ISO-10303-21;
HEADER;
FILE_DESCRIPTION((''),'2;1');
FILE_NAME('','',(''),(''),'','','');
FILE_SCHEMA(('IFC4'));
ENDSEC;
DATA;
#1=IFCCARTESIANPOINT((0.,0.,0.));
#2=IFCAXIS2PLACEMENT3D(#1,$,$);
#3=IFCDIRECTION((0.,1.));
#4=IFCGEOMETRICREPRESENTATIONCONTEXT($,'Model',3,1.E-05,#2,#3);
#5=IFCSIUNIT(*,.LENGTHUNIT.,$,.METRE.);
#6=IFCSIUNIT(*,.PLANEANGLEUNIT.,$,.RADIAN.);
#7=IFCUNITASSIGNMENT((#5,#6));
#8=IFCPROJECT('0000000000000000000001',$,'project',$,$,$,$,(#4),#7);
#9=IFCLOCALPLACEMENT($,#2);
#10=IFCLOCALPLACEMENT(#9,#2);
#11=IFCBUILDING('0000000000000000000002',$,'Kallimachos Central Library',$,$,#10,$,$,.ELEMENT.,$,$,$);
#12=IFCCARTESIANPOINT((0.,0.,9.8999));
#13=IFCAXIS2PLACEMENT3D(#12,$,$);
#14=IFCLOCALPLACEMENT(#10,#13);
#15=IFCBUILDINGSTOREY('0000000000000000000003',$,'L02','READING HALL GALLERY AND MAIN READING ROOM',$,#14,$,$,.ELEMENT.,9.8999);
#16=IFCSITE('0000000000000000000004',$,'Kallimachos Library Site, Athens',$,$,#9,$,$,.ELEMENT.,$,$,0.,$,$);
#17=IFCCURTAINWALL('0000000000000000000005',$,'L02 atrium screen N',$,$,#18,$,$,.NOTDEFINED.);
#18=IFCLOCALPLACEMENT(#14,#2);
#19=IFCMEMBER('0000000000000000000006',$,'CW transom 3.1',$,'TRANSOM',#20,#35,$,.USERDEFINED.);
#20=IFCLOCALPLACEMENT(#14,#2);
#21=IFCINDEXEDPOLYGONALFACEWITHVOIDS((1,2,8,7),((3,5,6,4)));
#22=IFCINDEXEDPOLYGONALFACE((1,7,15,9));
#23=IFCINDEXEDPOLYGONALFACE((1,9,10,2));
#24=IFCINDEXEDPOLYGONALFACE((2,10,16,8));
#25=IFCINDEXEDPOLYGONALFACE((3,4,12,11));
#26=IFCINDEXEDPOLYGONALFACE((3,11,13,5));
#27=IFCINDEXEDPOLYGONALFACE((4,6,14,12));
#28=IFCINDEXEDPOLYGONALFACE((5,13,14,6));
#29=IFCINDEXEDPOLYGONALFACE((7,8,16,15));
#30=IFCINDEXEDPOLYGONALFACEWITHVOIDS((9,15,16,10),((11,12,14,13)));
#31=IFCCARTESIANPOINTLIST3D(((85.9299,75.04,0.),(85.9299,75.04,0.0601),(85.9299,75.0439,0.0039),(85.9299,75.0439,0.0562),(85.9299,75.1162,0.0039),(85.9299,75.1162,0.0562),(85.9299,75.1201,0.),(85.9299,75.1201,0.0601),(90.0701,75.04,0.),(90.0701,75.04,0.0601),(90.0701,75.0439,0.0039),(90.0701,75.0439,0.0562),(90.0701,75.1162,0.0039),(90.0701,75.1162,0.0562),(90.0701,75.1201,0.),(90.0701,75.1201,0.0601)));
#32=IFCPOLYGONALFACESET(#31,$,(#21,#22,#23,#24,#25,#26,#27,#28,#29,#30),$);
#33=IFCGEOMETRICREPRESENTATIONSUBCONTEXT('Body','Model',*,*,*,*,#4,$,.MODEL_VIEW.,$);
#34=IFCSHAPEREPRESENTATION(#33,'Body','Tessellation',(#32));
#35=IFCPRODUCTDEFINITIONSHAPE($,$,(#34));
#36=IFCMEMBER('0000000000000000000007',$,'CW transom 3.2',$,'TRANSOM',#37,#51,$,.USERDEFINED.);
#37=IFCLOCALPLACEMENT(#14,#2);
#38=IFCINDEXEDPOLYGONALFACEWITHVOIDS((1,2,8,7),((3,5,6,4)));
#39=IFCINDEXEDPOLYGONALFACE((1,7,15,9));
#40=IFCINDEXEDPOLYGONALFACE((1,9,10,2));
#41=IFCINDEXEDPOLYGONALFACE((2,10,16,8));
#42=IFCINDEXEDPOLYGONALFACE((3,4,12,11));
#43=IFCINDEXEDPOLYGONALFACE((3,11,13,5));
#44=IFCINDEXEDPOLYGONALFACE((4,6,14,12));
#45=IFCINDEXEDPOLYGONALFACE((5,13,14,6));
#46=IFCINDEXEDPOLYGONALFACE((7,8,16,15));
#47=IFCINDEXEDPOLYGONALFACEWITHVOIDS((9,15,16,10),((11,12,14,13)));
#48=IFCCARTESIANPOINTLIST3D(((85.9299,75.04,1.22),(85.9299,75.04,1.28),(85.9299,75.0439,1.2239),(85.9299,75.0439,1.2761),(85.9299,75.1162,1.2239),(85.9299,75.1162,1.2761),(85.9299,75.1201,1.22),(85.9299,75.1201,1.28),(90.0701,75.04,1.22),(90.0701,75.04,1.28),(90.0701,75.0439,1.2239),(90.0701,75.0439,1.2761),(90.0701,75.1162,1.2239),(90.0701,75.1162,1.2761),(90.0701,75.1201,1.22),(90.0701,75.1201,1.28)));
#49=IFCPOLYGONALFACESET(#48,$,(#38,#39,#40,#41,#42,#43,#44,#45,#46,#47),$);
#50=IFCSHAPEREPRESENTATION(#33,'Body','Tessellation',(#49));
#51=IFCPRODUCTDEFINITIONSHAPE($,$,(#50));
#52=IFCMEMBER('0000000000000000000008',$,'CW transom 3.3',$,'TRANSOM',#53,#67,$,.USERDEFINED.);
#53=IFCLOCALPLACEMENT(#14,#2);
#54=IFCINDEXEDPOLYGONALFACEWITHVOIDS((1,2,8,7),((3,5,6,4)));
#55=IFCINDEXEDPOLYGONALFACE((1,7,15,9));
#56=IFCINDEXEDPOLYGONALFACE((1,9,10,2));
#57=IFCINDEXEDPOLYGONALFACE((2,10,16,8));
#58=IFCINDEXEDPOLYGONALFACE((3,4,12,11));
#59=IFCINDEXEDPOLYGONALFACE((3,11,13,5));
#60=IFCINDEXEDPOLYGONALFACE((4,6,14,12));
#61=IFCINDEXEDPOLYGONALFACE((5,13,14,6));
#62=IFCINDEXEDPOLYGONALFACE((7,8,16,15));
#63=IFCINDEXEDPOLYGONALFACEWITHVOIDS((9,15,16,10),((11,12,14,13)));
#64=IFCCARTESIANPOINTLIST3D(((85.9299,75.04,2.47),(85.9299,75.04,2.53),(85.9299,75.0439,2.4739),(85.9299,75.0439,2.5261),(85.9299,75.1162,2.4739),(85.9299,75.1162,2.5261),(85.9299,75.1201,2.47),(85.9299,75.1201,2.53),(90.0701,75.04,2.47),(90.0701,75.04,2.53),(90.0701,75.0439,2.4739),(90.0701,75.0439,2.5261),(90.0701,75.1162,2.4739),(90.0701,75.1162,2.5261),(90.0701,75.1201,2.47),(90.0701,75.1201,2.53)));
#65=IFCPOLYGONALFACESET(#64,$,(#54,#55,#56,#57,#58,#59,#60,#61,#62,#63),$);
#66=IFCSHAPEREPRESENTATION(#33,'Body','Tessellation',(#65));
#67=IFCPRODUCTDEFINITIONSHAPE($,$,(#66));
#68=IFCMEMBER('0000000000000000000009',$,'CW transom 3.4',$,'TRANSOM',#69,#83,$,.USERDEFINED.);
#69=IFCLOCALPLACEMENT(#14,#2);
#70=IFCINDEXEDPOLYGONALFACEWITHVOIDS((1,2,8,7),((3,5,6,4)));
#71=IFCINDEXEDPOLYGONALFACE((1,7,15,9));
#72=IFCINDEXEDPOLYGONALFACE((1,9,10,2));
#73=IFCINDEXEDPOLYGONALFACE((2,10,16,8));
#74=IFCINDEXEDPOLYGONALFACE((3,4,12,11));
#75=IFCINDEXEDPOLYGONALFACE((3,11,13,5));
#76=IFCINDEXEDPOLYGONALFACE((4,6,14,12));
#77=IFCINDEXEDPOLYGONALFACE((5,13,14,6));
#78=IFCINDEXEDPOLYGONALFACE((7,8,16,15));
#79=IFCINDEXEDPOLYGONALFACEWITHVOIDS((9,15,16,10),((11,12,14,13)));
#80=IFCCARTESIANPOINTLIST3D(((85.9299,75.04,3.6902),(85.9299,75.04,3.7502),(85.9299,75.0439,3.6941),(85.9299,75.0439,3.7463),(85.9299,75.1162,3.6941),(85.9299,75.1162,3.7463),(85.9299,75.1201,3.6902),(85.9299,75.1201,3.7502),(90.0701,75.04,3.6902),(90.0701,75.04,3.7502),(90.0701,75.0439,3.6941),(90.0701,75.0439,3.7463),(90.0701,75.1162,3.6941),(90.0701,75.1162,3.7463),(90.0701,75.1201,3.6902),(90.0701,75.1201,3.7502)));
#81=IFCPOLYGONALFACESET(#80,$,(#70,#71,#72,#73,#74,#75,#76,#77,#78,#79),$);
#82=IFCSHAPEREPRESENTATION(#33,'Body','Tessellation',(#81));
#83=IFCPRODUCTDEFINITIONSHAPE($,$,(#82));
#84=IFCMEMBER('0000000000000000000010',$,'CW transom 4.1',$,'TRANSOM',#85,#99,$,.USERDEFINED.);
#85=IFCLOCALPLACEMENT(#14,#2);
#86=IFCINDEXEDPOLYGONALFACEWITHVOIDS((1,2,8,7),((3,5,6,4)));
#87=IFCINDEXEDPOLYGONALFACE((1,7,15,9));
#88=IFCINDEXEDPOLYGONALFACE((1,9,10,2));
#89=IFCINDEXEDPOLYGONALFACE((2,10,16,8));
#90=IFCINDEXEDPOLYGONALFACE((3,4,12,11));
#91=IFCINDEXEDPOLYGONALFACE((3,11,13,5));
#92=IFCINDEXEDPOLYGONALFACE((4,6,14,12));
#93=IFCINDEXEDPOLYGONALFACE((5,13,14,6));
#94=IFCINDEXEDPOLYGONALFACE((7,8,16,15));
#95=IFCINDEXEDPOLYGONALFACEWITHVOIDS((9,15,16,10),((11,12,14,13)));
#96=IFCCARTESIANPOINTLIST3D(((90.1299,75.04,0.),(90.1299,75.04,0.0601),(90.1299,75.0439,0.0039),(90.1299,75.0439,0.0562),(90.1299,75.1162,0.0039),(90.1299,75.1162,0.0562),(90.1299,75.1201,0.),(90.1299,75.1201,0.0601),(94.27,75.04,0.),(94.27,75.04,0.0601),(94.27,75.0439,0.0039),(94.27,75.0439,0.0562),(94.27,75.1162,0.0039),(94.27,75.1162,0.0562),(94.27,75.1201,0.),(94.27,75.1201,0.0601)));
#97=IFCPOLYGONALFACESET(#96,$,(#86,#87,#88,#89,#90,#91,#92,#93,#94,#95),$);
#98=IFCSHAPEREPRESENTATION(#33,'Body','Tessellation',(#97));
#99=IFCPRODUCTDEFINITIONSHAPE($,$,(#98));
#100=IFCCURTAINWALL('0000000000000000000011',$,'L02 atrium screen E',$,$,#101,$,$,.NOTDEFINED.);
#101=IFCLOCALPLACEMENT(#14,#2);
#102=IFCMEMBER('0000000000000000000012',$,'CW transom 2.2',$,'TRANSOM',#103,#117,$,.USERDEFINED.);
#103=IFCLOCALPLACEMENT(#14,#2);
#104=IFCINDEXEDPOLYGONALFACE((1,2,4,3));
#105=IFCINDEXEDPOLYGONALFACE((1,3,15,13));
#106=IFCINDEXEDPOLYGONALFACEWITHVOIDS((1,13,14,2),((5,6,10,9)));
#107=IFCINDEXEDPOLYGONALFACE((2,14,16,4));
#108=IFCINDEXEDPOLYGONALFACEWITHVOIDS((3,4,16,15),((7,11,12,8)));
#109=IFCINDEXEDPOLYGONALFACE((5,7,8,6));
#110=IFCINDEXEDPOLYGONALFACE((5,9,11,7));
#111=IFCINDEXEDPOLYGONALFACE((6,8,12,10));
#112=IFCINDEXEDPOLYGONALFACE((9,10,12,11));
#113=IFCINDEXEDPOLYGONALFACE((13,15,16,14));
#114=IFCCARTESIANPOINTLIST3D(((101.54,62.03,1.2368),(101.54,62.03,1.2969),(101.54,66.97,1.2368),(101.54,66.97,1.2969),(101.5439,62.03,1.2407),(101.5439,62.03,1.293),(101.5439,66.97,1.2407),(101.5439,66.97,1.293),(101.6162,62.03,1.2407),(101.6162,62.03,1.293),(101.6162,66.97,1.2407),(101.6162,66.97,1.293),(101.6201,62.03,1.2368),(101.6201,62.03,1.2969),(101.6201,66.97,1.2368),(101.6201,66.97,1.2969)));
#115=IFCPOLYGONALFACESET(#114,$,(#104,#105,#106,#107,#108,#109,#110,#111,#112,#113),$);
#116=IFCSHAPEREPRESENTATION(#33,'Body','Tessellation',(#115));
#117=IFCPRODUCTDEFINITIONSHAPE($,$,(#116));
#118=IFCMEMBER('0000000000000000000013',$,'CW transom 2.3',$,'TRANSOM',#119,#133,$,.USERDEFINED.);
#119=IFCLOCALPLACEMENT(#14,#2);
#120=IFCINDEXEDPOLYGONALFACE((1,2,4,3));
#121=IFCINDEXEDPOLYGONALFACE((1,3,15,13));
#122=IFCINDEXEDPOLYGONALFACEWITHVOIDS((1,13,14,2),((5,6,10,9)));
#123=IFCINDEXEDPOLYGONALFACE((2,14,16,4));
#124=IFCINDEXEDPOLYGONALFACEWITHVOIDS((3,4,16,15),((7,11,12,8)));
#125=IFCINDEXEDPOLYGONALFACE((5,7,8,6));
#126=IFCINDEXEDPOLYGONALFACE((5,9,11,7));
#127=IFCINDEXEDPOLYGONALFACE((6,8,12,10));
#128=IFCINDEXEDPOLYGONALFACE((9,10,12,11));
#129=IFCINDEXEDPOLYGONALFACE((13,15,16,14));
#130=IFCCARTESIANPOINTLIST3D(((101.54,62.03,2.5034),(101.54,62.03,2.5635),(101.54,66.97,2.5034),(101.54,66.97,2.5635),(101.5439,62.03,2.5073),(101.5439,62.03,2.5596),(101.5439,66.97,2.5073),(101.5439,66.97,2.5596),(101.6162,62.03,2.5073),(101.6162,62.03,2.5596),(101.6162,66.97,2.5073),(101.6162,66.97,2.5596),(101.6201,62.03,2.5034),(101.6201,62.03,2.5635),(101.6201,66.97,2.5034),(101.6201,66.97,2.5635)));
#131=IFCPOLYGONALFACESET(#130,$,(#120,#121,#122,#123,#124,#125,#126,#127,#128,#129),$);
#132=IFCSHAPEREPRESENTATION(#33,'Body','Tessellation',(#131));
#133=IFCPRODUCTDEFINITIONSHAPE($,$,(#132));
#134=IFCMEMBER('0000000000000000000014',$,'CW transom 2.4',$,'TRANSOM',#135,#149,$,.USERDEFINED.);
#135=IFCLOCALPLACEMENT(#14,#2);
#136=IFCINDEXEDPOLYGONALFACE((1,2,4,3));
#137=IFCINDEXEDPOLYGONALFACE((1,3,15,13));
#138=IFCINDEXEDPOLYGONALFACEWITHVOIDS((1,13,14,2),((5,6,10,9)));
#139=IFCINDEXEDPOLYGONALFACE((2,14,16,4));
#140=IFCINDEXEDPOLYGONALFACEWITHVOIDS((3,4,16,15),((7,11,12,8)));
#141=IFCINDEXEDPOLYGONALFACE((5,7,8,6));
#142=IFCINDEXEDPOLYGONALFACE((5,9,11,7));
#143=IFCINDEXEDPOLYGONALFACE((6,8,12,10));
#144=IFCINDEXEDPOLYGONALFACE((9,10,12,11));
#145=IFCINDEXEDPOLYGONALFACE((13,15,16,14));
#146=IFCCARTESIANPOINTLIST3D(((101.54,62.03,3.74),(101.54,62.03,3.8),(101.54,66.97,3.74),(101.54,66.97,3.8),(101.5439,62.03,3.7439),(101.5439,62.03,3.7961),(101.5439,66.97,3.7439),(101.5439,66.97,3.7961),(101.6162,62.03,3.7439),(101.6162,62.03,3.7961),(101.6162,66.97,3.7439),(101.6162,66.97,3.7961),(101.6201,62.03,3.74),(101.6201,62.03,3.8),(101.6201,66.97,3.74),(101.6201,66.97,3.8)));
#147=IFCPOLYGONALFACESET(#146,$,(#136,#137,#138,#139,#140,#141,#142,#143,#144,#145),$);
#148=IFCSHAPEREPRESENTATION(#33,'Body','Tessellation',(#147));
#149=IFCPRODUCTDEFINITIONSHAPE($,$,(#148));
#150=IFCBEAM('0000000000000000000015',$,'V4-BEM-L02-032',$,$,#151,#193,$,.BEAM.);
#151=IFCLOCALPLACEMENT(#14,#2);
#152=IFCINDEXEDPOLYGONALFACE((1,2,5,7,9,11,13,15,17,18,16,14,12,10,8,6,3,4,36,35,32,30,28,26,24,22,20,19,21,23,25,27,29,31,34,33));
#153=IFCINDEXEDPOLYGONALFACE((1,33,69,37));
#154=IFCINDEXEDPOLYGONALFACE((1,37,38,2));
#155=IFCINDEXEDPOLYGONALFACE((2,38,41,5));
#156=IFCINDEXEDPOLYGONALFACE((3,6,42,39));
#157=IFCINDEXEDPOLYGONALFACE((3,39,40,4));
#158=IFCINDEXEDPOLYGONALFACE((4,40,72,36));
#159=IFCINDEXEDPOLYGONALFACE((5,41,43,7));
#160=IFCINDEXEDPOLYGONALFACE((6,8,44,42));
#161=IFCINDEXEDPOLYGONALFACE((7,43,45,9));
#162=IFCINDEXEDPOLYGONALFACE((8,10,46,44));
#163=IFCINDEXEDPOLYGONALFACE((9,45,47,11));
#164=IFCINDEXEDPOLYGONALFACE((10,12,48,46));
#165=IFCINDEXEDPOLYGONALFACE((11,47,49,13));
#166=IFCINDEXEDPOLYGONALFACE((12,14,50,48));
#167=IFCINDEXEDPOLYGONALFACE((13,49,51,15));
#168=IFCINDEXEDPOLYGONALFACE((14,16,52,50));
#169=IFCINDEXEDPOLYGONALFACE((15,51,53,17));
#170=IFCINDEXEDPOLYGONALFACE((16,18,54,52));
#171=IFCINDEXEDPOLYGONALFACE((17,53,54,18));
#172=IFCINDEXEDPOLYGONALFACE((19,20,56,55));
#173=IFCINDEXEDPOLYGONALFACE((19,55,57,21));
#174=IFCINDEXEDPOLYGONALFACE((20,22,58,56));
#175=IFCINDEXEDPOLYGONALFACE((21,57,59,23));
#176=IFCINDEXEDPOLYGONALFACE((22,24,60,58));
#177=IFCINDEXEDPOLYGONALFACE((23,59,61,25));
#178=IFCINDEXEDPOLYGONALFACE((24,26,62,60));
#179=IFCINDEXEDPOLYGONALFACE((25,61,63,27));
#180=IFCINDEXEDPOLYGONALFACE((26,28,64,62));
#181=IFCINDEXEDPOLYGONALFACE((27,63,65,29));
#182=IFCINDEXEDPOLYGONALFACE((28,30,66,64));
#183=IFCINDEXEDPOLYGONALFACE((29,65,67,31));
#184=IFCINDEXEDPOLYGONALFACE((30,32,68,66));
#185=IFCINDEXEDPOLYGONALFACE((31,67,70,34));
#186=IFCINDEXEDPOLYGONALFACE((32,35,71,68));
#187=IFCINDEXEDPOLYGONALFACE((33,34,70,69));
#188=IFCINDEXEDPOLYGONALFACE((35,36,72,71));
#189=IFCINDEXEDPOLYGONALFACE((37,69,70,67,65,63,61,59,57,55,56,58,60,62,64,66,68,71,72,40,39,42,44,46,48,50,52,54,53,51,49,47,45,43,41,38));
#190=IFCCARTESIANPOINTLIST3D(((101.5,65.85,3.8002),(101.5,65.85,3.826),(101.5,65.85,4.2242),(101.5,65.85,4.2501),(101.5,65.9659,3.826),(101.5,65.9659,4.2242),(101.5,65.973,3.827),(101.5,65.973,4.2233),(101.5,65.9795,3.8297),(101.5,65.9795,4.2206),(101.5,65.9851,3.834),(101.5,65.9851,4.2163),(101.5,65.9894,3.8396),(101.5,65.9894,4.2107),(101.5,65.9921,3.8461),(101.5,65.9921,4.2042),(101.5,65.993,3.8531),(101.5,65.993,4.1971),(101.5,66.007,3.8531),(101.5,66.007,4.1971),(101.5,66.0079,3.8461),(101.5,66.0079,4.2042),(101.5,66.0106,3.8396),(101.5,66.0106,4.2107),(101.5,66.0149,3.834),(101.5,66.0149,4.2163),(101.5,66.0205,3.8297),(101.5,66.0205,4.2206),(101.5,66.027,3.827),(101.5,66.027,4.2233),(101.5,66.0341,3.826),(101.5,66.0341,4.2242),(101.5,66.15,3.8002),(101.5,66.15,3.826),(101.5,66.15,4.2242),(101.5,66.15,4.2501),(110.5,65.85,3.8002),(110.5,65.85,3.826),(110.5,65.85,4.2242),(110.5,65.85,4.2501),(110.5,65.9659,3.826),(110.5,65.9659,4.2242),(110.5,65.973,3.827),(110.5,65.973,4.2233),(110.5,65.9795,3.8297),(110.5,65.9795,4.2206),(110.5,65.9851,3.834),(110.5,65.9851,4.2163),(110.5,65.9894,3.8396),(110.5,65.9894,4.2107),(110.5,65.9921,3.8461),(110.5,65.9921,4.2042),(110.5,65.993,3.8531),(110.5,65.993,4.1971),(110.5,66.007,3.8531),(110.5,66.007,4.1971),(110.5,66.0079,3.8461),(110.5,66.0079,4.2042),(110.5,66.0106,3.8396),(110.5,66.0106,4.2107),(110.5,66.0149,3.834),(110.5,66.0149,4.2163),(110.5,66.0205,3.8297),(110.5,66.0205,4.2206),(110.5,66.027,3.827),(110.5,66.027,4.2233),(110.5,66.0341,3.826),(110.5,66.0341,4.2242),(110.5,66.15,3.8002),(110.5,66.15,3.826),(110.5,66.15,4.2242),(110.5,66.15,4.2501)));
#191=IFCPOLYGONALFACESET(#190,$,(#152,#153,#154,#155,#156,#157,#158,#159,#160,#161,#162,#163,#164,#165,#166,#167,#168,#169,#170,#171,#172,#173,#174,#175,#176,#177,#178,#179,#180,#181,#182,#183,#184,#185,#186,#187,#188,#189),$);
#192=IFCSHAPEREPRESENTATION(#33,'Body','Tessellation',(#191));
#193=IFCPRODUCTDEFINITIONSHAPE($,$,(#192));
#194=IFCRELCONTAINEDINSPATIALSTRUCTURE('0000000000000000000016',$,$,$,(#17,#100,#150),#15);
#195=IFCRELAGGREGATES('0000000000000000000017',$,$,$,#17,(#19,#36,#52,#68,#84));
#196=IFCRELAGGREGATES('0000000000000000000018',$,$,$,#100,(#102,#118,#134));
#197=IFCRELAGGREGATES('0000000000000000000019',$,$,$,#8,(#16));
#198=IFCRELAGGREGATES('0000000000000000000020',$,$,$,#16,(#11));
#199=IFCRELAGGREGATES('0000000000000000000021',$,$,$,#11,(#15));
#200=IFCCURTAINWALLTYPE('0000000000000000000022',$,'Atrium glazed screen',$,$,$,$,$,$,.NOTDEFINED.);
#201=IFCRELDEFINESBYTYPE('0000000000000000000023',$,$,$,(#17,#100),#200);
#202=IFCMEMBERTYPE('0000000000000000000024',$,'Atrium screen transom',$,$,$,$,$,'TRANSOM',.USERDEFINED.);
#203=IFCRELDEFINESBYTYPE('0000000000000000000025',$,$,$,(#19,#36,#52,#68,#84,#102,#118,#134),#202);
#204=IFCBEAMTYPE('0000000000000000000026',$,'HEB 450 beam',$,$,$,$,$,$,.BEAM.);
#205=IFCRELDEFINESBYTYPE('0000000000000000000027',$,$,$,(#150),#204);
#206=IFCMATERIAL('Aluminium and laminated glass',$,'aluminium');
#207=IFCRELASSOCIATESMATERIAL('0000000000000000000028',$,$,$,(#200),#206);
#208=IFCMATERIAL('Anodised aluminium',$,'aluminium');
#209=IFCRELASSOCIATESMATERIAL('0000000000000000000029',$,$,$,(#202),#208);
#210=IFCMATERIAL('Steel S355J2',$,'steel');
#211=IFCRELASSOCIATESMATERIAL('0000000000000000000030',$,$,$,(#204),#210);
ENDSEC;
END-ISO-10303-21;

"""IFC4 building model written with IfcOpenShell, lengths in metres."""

from ifc_helpers import new_model, si_unit, direction, frame, origin, origin_2d, place, context, subcontext, project, spatial, hollow_rectangle, i_section, extrude, material, material_profile, profile_set, type_object, element, aggregate, save


model = new_model("IFC4")

# Units and contexts
model_context = context("Model", 3, precision=1e-05, world=origin(), true_north=direction((0.0, 1.0)))
body_context = subcontext(model_context, "Body", "Model", "MODEL_VIEW")
ifc_project = project(units=[si_unit("LENGTHUNIT", "METRE"), si_unit("PLANEANGLEUNIT", "RADIAN")], contexts=[model_context])

# Site, building, storey
site_placement = place(None, origin())
site = spatial("IfcSite", under=ifc_project, at=site_placement, Name="Kallimachos Library Site, Athens", CompositionType="ELEMENT", RefElevation=0.0)
building_placement = place(site_placement, origin())
building = spatial("IfcBuilding", under=site, at=building_placement, Name="Kallimachos Central Library", CompositionType="ELEMENT")
storey_placement = place(building_placement, frame((0.0, 0.0, 9.8999)))
storey = spatial("IfcBuildingStorey", under=building, at=storey_placement, Name="L02", Description="READING HALL GALLERY AND MAIN READING ROOM", CompositionType="ELEMENT", Elevation=9.8999)

# Curtain walls, members
ifc_material_1 = material(Name="Aluminium and laminated glass", Category="aluminium")
curtain_wall_type = type_object("IfcCurtainWallType", Name="Atrium glazed screen", PredefinedType="NOTDEFINED", material=ifc_material_1)
curtain_wall_1_placement = place(storey_placement, origin())
curtain_wall_1 = element("IfcCurtainWall", 1, at=curtain_wall_1_placement, inside=storey, type_object=curtain_wall_type, Name="L02 atrium screen N", PredefinedType="NOTDEFINED")
ifc_material_2 = material(Name="Anodised aluminium", Category="aluminium")
ifc_material_profile_1 = material_profile(ifc_material_2, hollow_rectangle(XDim=0.0601, YDim=0.0801, WallThickness=0.0039, at=origin_2d()), Name="ALU TRANSOM 60x80")
ifc_profile_set_1 = profile_set([ifc_material_profile_1], Name="Anodised aluminium")
member_type_1 = type_object("IfcMemberType", Name="Atrium screen transom", ElementType="TRANSOM", PredefinedType="USERDEFINED", material=ifc_profile_set_1)
member_1_placement = place(storey_placement, frame((85.9299, 75.0801, 0.03), z_axis=(1.0, 0.0, 0.0), x_axis=(0.0, 0.0, 1.0)))
member_1 = element("IfcMember", 2, at=member_1_placement, type_object=member_type_1, Name="CW transom 3.1", ObjectType="TRANSOM", PredefinedType="USERDEFINED", context=body_context, shape_type="SweptSolid", body=[
    extrude(hollow_rectangle(XDim=0.0601, YDim=0.0801, WallThickness=0.0039, at=origin_2d()), origin(), (0.0, 0.0, 1.0), 4.1401),
])
member_2_placement = place(storey_placement, frame((85.9299, 75.0801, 1.25), z_axis=(1.0, 0.0, 0.0), x_axis=(0.0, 0.0, 1.0)))
member_2 = element("IfcMember", 3, at=member_2_placement, type_object=member_type_1, Name="CW transom 3.2", ObjectType="TRANSOM", PredefinedType="USERDEFINED", context=body_context, shape_type="SweptSolid", body=[
    extrude(hollow_rectangle(XDim=0.0601, YDim=0.0801, WallThickness=0.0039, at=origin_2d()), origin(), (0.0, 0.0, 1.0), 4.1401),
])
member_3_placement = place(storey_placement, frame((85.9299, 75.0801, 2.5), z_axis=(1.0, 0.0, 0.0), x_axis=(0.0, 0.0, 1.0)))
member_3 = element("IfcMember", 4, at=member_3_placement, type_object=member_type_1, Name="CW transom 3.3", ObjectType="TRANSOM", PredefinedType="USERDEFINED", context=body_context, shape_type="SweptSolid", body=[
    extrude(hollow_rectangle(XDim=0.0601, YDim=0.0801, WallThickness=0.0039, at=origin_2d()), origin(), (0.0, 0.0, 1.0), 4.1401),
])
member_4_placement = place(storey_placement, frame((85.9299, 75.0801, 3.7202), z_axis=(1.0, 0.0, 0.0), x_axis=(0.0, 0.0, 1.0)))
member_4 = element("IfcMember", 5, at=member_4_placement, type_object=member_type_1, Name="CW transom 3.4", ObjectType="TRANSOM", PredefinedType="USERDEFINED", context=body_context, shape_type="SweptSolid", body=[
    extrude(hollow_rectangle(XDim=0.0601, YDim=0.0801, WallThickness=0.0039, at=origin_2d()), origin(), (0.0, 0.0, 1.0), 4.1401),
])
member_5_placement = place(storey_placement, frame((90.1299, 75.0801, 0.03), z_axis=(1.0, 0.0, 0.0), x_axis=(0.0, 0.0, 1.0)))
member_5 = element("IfcMember", 6, at=member_5_placement, type_object=member_type_1, Name="CW transom 4.1", ObjectType="TRANSOM", PredefinedType="USERDEFINED", context=body_context, shape_type="SweptSolid", body=[
    extrude(hollow_rectangle(XDim=0.0601, YDim=0.0801, WallThickness=0.0039, at=origin_2d()), origin(), (0.0, 0.0, 1.0), 4.1401),
])
curtain_wall_2_placement = place(storey_placement, origin())
curtain_wall_2 = element("IfcCurtainWall", 7, at=curtain_wall_2_placement, inside=storey, type_object=curtain_wall_type, Name="L02 atrium screen E", PredefinedType="NOTDEFINED")
member_6_placement = place(storey_placement, frame((101.5801, 62.03, 1.2668), z_axis=(0.0, 1.0, 0.0), x_axis=(0.0, 0.0, 1.0)))
member_6 = element("IfcMember", 8, at=member_6_placement, type_object=member_type_1, Name="CW transom 2.2", ObjectType="TRANSOM", PredefinedType="USERDEFINED", context=body_context, shape_type="SweptSolid", body=[
    extrude(hollow_rectangle(XDim=0.0601, YDim=0.0801, WallThickness=0.0039, at=origin_2d()), origin(), (0.0, 0.0, 1.0), 4.9399),
])
member_7_placement = place(storey_placement, frame((101.5801, 62.03, 2.5334), z_axis=(0.0, 1.0, 0.0), x_axis=(0.0, 0.0, 1.0)))
member_7 = element("IfcMember", 9, at=member_7_placement, type_object=member_type_1, Name="CW transom 2.3", ObjectType="TRANSOM", PredefinedType="USERDEFINED", context=body_context, shape_type="SweptSolid", body=[
    extrude(hollow_rectangle(XDim=0.0601, YDim=0.0801, WallThickness=0.0039, at=origin_2d()), origin(), (0.0, 0.0, 1.0), 4.9399),
])
member_8_placement = place(storey_placement, frame((101.5801, 62.03, 3.77), z_axis=(0.0, 1.0, 0.0), x_axis=(0.0, 0.0, 1.0)))
member_8 = element("IfcMember", 10, at=member_8_placement, type_object=member_type_1, Name="CW transom 2.4", ObjectType="TRANSOM", PredefinedType="USERDEFINED", context=body_context, shape_type="SweptSolid", body=[
    extrude(hollow_rectangle(XDim=0.0601, YDim=0.0801, WallThickness=0.0039, at=origin_2d()), origin(), (0.0, 0.0, 1.0), 4.9399),
])

# Beam
ifc_material_3 = material(Name="Steel S355J2", Category="steel")
ifc_material_profile_2 = material_profile(ifc_material_3, i_section(OverallWidth=0.3, OverallDepth=0.45, WebThickness=0.0139, FlangeThickness=0.0259, FilletRadius=0.0271, at=origin_2d()), Name="HEB 450")
ifc_profile_set_2 = profile_set([ifc_material_profile_2], Name="Steel S355J2")
beam_type_1 = type_object("IfcBeamType", Name="HEB 450 beam", PredefinedType="BEAM", material=ifc_profile_set_2)
for number, where, z_axis, x_axis, name in (
    (11, (101.5, 66.0, 4.0251), (1.0, 0.0, 0.0), (0.0, 1.0, 0.0), "V4-BEM-L02-032"),
):
    element("IfcBeam", number, at=place(storey_placement, frame(where, z_axis=z_axis, x_axis=x_axis)), inside=storey, type_object=beam_type_1, Name=name, PredefinedType="BEAM", context=body_context, shape_type="SweptSolid", body=[
        extrude(i_section(OverallWidth=0.3, OverallDepth=0.45, WebThickness=0.0139, FlangeThickness=0.0259, FilletRadius=0.0271, at=origin_2d()), origin(), (0.0, 0.0, 1.0), 9.0),
    ])

aggregate(curtain_wall_1, [member_1, member_2, member_3, member_4, member_5])
aggregate(curtain_wall_2, [member_6, member_7, member_8])

save(model, "model.ifc")
